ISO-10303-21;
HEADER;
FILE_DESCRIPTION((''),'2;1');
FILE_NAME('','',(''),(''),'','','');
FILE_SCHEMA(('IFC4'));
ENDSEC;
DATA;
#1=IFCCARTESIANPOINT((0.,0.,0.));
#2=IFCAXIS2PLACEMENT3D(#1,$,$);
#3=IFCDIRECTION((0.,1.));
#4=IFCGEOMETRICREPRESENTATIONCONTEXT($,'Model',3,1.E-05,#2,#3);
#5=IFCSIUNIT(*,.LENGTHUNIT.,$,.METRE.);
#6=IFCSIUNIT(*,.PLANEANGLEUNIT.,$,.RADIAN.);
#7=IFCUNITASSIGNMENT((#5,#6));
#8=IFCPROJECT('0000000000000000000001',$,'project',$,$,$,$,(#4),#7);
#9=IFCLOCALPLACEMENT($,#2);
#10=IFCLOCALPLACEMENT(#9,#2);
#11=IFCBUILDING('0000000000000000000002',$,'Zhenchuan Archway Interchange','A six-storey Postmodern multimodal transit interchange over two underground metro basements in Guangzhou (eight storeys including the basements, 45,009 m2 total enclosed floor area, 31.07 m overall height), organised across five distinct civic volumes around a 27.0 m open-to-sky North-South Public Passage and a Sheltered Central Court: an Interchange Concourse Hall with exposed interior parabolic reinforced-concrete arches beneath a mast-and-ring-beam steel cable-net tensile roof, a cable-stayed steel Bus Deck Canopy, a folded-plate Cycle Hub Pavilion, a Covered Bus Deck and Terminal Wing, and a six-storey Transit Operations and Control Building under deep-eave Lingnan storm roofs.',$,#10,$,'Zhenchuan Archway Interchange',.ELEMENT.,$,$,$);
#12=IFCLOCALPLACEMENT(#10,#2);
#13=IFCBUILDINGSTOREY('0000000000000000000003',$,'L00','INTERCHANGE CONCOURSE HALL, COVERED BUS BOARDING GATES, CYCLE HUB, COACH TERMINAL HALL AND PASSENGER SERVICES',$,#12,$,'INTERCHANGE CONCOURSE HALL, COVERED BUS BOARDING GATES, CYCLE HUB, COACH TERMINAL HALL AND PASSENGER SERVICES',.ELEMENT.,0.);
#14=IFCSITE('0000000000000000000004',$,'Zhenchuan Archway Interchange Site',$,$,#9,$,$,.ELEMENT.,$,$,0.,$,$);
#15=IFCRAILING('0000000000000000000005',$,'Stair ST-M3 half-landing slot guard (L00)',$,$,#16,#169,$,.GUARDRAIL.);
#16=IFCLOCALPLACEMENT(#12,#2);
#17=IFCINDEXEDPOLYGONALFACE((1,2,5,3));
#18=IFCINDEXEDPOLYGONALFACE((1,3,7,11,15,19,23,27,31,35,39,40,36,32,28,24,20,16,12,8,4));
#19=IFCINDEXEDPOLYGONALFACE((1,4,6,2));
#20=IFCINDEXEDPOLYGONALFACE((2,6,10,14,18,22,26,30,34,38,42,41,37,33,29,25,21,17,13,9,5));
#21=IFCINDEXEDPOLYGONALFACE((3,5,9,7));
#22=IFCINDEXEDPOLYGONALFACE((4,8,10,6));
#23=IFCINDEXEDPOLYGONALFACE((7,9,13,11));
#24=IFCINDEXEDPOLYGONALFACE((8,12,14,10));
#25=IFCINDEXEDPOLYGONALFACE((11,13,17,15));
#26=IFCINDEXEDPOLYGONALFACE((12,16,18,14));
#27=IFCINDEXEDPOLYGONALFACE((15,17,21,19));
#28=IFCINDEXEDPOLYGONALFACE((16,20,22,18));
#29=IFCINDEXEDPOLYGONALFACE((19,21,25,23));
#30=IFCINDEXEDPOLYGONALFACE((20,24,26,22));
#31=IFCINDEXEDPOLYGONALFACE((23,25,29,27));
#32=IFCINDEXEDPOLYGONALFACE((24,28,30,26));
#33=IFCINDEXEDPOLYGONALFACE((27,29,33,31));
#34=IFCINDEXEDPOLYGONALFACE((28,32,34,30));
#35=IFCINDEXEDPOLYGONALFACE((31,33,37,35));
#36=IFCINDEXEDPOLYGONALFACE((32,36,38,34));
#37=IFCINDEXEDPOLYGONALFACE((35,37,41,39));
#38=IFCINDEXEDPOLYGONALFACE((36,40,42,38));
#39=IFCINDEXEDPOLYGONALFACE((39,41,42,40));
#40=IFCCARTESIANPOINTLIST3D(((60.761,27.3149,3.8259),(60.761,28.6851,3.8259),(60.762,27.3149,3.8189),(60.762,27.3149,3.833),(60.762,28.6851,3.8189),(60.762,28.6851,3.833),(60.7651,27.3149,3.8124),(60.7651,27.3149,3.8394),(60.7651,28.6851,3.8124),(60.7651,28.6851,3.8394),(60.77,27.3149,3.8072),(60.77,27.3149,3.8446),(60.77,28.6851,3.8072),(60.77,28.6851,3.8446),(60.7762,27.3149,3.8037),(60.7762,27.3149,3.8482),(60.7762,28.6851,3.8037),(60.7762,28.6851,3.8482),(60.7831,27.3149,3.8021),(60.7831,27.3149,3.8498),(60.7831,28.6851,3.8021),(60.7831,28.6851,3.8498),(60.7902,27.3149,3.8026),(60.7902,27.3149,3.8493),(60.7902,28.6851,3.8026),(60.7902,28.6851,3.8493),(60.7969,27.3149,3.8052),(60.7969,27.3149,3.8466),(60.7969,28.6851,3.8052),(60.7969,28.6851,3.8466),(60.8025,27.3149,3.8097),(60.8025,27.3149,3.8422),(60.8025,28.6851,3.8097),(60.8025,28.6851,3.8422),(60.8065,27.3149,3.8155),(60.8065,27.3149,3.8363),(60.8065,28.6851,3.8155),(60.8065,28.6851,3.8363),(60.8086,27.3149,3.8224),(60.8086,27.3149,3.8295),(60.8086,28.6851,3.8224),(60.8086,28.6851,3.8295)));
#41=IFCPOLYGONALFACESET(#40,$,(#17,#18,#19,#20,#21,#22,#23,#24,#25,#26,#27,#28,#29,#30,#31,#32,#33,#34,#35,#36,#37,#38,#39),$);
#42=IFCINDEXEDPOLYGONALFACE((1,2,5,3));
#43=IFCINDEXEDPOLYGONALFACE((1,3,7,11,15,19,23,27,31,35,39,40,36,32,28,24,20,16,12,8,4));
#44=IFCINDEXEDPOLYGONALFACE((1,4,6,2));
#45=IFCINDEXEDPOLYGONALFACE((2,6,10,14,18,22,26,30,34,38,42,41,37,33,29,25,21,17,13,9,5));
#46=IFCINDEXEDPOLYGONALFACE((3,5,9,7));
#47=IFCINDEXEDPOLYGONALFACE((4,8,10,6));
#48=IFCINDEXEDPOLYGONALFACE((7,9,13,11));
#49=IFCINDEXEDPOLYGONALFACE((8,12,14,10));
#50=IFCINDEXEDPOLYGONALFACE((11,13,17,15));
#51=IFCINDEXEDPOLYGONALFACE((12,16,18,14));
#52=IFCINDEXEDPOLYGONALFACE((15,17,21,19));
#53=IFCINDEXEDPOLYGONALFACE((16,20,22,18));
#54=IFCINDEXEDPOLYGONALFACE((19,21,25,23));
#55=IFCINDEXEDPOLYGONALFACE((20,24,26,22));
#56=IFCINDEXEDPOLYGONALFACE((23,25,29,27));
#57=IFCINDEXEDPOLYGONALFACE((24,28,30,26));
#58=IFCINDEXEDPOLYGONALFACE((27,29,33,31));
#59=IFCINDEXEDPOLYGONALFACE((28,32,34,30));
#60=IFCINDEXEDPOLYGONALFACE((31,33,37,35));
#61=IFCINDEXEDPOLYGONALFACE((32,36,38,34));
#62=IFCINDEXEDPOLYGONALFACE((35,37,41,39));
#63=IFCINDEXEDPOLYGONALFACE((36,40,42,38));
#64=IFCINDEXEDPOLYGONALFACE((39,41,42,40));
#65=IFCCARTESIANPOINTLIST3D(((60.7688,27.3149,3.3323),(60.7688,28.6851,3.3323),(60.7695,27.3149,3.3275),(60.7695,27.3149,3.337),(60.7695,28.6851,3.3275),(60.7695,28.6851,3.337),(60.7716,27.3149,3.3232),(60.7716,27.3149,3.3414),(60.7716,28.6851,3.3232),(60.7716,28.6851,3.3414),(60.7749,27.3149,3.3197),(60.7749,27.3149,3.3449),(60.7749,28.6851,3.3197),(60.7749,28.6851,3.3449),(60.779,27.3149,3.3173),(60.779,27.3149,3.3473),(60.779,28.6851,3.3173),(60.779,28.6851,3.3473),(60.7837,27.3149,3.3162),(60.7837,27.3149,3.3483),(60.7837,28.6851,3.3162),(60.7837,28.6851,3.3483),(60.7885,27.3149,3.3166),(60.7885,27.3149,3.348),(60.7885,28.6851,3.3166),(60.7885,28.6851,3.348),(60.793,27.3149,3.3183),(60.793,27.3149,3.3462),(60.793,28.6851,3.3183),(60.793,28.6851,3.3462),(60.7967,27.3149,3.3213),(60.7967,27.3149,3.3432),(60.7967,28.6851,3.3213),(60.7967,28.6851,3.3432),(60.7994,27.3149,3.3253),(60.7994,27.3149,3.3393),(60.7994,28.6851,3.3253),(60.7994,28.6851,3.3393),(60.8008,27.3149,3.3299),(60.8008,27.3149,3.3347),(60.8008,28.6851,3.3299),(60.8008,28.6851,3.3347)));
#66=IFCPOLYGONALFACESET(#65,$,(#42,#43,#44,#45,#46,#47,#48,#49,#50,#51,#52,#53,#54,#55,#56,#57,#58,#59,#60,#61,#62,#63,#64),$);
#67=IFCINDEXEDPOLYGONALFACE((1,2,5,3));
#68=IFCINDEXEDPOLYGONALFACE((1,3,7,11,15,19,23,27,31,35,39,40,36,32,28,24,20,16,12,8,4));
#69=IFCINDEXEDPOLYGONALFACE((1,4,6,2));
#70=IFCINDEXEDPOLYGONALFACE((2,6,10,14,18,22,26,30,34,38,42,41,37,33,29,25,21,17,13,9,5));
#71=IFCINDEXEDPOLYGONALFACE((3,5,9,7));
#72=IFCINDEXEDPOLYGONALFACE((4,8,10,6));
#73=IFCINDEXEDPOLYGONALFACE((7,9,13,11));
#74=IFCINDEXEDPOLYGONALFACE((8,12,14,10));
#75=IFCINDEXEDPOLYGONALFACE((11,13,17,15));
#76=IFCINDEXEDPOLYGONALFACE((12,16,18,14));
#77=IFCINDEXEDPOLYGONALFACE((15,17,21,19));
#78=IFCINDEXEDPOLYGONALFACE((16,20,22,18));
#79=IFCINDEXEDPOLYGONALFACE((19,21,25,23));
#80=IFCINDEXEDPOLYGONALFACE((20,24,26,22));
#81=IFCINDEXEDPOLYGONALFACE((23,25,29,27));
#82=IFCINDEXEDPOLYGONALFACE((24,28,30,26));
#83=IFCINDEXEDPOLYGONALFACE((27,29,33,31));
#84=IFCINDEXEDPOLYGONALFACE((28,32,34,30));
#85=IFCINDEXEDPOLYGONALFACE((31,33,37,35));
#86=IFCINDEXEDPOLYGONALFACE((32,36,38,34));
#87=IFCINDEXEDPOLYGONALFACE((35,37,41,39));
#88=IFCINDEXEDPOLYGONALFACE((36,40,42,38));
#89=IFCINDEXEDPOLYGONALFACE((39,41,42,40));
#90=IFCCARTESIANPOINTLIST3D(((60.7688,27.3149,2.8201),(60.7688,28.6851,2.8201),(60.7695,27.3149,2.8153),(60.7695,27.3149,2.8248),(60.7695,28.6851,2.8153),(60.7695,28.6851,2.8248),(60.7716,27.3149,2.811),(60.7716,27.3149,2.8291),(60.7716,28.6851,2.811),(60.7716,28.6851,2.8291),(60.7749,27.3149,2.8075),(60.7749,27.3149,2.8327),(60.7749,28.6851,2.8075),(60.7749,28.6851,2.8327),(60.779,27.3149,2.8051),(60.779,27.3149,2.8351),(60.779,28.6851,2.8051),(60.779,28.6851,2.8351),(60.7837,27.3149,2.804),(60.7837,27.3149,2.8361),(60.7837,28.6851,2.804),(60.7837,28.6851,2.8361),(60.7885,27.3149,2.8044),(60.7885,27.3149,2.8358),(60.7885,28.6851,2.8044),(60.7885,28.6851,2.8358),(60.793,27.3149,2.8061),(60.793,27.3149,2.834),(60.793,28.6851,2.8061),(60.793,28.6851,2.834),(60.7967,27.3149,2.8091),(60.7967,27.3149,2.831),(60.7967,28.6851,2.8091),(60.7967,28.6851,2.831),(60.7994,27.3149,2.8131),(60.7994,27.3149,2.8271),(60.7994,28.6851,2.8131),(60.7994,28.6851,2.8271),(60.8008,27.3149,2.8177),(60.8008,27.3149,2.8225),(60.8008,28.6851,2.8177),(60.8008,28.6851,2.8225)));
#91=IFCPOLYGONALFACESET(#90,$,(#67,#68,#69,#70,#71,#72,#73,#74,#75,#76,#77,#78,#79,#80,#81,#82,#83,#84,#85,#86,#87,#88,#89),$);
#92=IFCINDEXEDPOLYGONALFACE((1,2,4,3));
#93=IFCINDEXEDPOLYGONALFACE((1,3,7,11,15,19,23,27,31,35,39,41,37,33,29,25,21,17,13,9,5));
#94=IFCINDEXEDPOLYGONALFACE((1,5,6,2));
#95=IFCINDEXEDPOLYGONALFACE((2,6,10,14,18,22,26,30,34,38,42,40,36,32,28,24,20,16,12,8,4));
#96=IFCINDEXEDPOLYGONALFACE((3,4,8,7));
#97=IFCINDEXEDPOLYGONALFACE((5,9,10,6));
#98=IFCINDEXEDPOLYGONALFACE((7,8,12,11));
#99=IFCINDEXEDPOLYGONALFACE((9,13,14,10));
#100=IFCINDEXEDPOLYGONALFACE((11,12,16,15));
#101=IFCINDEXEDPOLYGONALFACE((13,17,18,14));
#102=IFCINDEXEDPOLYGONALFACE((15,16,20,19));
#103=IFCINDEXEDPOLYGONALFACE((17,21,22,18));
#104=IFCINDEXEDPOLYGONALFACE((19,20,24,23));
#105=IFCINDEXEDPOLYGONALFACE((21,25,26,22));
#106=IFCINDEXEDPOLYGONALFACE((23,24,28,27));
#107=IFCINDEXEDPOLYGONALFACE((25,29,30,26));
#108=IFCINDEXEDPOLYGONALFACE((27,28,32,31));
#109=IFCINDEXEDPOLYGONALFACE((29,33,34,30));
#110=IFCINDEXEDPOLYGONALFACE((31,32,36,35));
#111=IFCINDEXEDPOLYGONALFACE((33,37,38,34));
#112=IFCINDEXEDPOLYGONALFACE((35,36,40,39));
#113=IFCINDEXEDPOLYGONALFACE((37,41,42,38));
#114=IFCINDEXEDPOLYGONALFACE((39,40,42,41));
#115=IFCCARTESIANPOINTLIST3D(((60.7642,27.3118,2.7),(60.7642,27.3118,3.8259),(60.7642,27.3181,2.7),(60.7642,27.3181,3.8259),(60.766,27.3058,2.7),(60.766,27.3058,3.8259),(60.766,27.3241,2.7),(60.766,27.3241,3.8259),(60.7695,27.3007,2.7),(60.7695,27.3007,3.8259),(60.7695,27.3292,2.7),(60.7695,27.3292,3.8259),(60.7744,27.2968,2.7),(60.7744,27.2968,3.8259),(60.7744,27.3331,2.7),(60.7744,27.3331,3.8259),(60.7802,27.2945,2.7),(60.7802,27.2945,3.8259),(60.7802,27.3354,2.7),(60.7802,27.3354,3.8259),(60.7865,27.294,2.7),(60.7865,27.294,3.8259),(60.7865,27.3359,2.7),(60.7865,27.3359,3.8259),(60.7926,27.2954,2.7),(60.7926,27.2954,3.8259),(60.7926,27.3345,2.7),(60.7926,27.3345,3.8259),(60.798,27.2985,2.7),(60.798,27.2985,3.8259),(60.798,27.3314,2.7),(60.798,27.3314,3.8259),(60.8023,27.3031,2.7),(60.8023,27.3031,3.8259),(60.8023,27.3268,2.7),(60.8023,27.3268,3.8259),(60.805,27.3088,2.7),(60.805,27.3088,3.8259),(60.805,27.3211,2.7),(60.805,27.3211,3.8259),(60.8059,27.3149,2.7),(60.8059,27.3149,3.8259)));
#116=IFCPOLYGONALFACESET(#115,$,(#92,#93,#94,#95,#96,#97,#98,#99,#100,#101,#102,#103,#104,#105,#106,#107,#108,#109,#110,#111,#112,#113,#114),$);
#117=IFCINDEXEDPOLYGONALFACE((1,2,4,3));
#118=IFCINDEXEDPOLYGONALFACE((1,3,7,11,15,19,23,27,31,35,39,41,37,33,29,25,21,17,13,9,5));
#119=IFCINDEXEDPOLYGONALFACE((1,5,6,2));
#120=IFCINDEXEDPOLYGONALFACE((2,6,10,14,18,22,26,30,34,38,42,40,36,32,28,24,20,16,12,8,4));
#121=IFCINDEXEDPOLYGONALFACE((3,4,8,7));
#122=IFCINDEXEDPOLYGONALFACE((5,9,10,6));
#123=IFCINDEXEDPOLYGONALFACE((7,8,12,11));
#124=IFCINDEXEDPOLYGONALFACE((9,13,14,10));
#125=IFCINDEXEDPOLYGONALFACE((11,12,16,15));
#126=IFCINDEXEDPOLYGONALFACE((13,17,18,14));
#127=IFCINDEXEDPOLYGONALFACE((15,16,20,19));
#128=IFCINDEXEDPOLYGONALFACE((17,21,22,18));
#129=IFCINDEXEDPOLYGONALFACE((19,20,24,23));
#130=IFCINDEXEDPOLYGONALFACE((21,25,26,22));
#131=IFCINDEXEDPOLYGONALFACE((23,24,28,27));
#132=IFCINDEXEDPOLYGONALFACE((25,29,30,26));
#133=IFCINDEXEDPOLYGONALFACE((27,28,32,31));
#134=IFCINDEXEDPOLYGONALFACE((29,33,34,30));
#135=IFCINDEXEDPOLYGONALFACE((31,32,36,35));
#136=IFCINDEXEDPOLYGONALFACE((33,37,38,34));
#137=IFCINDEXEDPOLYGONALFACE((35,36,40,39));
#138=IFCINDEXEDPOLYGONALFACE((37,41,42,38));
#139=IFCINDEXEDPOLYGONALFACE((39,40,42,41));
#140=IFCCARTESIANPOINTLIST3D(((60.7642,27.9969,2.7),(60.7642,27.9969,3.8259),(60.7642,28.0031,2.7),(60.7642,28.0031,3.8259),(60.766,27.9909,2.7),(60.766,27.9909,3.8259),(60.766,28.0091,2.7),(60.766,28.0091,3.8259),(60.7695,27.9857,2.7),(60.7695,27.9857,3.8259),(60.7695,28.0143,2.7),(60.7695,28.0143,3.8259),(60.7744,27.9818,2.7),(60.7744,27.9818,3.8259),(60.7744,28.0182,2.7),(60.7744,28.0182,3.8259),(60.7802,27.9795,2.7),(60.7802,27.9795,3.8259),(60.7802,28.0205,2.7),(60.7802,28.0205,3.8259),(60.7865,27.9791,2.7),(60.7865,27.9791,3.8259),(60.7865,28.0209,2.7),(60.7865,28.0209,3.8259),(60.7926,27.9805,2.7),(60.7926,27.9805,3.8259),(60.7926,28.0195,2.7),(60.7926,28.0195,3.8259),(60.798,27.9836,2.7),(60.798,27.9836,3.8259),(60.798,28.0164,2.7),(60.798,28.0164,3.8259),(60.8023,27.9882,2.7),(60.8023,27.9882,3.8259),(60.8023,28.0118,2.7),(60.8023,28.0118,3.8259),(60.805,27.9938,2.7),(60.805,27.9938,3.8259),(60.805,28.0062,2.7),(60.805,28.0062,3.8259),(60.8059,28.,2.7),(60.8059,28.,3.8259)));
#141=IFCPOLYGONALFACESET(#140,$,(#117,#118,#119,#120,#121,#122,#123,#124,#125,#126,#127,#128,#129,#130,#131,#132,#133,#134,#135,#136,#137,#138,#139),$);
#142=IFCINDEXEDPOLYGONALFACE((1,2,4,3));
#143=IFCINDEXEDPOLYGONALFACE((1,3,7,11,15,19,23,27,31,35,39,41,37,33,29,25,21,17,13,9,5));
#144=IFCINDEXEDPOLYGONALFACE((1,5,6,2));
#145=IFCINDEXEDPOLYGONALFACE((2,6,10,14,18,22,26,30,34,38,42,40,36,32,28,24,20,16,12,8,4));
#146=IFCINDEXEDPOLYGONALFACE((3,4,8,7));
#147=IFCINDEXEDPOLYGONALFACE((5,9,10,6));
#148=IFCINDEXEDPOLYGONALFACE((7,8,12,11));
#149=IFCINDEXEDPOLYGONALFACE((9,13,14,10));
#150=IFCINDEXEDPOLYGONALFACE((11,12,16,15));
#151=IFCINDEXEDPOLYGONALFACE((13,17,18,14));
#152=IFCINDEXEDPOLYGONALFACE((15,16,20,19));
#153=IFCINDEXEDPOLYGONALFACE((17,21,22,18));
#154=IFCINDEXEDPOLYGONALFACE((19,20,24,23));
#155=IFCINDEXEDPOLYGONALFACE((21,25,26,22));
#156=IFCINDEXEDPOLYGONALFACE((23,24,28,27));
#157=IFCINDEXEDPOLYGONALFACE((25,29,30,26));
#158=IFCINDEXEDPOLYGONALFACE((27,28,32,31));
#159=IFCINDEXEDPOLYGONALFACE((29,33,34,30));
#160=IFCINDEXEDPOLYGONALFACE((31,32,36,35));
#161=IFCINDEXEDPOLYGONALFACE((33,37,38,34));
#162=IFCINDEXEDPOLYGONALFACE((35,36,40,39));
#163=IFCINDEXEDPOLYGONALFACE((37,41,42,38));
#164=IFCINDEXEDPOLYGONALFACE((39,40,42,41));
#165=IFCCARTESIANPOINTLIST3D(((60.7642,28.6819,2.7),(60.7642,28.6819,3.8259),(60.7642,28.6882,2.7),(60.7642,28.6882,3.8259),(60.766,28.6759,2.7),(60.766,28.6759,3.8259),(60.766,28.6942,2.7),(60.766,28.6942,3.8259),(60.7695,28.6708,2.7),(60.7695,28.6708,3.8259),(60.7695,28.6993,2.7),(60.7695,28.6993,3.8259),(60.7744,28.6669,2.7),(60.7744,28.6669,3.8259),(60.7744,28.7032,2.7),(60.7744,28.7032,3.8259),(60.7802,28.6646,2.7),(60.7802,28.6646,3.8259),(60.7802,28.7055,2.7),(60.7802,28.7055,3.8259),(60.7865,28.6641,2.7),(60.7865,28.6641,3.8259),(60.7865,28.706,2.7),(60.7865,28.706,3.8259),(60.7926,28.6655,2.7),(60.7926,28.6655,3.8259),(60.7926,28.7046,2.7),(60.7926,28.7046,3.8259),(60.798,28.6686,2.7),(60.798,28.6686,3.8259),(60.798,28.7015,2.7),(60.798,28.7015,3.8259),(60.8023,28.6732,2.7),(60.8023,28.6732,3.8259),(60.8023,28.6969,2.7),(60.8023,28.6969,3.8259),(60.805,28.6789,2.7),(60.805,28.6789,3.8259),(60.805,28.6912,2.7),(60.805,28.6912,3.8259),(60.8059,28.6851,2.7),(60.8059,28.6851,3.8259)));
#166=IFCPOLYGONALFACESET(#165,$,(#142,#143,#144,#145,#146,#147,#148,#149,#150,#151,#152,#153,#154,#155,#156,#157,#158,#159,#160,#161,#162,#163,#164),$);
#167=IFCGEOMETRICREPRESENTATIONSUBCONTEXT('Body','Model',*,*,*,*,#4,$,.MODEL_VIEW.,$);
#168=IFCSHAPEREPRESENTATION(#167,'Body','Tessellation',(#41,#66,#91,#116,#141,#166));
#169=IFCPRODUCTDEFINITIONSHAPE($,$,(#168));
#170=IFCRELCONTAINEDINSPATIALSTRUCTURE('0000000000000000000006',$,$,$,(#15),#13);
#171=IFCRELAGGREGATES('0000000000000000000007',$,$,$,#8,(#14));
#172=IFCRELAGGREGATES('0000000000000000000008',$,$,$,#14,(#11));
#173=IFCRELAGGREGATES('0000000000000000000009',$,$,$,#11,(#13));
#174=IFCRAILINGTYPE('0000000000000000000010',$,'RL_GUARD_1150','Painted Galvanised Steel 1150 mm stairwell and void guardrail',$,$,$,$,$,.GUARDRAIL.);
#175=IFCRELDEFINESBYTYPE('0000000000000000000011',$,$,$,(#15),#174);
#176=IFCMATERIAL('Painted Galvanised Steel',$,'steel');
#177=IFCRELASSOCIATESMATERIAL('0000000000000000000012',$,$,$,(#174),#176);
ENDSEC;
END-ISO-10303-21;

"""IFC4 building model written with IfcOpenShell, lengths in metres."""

from ifc_helpers import new_model, si_unit, direction, frame, origin, origin_2d, place, context, subcontext, project, spatial, circle, extrude, material, type_object, element, save


model = new_model("IFC4")

# Units and contexts
model_context = context("Model", 3, precision=1e-05, world=origin(), true_north=direction((0.0, 1.0)))
body_context = subcontext(model_context, "Body", "Model", "MODEL_VIEW")
ifc_project = project(units=[si_unit("LENGTHUNIT", "METRE"), si_unit("PLANEANGLEUNIT", "RADIAN")], contexts=[model_context])

# Site, building, storey
site_placement = place(None, origin())
site = spatial("IfcSite", under=ifc_project, at=site_placement, Name="Zhenchuan Archway Interchange Site", CompositionType="ELEMENT", RefElevation=0.0)
building_placement = place(site_placement, origin())
building = spatial("IfcBuilding", under=site, at=building_placement, Name="Zhenchuan Archway Interchange", Description="A six-storey Postmodern multimodal transit interchange over two underground metro basements in Guangzhou (eight storeys including the basements, 45,009 m2 total enclosed floor area, 31.07 m overall height), organised across five distinct civic volumes around a 27.0 m open-to-sky North-South Public Passage and a Sheltered Central Court: an Interchange Concourse Hall with exposed interior parabolic reinforced-concrete arches beneath a mast-and-ring-beam steel cable-net tensile roof, a cable-stayed steel Bus Deck Canopy, a folded-plate Cycle Hub Pavilion, a Covered Bus Deck and Terminal Wing, and a six-storey Transit Operations and Control Building under deep-eave Lingnan storm roofs.", LongName="Zhenchuan Archway Interchange", CompositionType="ELEMENT")
storey_placement = place(building_placement, origin())
storey = spatial("IfcBuildingStorey", under=building, at=storey_placement, Name="L00", Description="INTERCHANGE CONCOURSE HALL, COVERED BUS BOARDING GATES, CYCLE HUB, COACH TERMINAL HALL AND PASSENGER SERVICES", LongName="INTERCHANGE CONCOURSE HALL, COVERED BUS BOARDING GATES, CYCLE HUB, COACH TERMINAL HALL AND PASSENGER SERVICES", CompositionType="ELEMENT", Elevation=0.0)

# Shared definitions
ifc_material_1 = material(Name="Painted Galvanised Steel", Category="steel")

# Railing
railing_type_1 = type_object("IfcRailingType", Name="RL_GUARD_1150", Description="Painted Galvanised Steel 1150 mm stairwell and void guardrail", PredefinedType="GUARDRAIL", material=ifc_material_1)
for number, where, name in (
    (1, (60.7849, 27.3149, 2.7), "Stair ST-M3 half-landing slot guard (L00)"),
):
    element("IfcRailing", number, at=place(storey_placement, frame(where)), inside=storey, type_object=railing_type_1, Name=name, PredefinedType="GUARDRAIL", context=body_context, shape_type="SweptSolid", body=[
        extrude(circle(Radius=0.0239, at=origin_2d()), frame((0.0, 0.0, 1.126), z_axis=(0.0, 1.0, 0.0), x_axis=(-1.0, 0.0, 0.0)), (0.0, 0.0, 1.0), 1.3701),
        extrude(circle(Radius=0.0161, at=origin_2d()), frame((0.0, 0.0, 0.6323), z_axis=(0.0, 1.0, 0.0), x_axis=(-1.0, 0.0, 0.0)), (0.0, 0.0, 1.0), 1.3701),
        extrude(circle(Radius=0.0161, at=origin_2d()), frame((0.0, 0.0, 0.1201), z_axis=(0.0, 1.0, 0.0), x_axis=(-1.0, 0.0, 0.0)), (0.0, 0.0, 1.0), 1.3701),
        extrude(circle(Radius=0.021, at=origin_2d()), origin(), (0.0, 0.0, 1.0), 1.126),
        extrude(circle(Radius=0.021, at=origin_2d()), frame((0.0, 0.6851, 0.0)), (0.0, 0.0, 1.0), 1.126),
        extrude(circle(Radius=0.021, at=origin_2d()), frame((0.0, 1.3701, 0.0)), (0.0, 0.0, 1.0), 1.126),
    ])

save(model, "model.ifc")
